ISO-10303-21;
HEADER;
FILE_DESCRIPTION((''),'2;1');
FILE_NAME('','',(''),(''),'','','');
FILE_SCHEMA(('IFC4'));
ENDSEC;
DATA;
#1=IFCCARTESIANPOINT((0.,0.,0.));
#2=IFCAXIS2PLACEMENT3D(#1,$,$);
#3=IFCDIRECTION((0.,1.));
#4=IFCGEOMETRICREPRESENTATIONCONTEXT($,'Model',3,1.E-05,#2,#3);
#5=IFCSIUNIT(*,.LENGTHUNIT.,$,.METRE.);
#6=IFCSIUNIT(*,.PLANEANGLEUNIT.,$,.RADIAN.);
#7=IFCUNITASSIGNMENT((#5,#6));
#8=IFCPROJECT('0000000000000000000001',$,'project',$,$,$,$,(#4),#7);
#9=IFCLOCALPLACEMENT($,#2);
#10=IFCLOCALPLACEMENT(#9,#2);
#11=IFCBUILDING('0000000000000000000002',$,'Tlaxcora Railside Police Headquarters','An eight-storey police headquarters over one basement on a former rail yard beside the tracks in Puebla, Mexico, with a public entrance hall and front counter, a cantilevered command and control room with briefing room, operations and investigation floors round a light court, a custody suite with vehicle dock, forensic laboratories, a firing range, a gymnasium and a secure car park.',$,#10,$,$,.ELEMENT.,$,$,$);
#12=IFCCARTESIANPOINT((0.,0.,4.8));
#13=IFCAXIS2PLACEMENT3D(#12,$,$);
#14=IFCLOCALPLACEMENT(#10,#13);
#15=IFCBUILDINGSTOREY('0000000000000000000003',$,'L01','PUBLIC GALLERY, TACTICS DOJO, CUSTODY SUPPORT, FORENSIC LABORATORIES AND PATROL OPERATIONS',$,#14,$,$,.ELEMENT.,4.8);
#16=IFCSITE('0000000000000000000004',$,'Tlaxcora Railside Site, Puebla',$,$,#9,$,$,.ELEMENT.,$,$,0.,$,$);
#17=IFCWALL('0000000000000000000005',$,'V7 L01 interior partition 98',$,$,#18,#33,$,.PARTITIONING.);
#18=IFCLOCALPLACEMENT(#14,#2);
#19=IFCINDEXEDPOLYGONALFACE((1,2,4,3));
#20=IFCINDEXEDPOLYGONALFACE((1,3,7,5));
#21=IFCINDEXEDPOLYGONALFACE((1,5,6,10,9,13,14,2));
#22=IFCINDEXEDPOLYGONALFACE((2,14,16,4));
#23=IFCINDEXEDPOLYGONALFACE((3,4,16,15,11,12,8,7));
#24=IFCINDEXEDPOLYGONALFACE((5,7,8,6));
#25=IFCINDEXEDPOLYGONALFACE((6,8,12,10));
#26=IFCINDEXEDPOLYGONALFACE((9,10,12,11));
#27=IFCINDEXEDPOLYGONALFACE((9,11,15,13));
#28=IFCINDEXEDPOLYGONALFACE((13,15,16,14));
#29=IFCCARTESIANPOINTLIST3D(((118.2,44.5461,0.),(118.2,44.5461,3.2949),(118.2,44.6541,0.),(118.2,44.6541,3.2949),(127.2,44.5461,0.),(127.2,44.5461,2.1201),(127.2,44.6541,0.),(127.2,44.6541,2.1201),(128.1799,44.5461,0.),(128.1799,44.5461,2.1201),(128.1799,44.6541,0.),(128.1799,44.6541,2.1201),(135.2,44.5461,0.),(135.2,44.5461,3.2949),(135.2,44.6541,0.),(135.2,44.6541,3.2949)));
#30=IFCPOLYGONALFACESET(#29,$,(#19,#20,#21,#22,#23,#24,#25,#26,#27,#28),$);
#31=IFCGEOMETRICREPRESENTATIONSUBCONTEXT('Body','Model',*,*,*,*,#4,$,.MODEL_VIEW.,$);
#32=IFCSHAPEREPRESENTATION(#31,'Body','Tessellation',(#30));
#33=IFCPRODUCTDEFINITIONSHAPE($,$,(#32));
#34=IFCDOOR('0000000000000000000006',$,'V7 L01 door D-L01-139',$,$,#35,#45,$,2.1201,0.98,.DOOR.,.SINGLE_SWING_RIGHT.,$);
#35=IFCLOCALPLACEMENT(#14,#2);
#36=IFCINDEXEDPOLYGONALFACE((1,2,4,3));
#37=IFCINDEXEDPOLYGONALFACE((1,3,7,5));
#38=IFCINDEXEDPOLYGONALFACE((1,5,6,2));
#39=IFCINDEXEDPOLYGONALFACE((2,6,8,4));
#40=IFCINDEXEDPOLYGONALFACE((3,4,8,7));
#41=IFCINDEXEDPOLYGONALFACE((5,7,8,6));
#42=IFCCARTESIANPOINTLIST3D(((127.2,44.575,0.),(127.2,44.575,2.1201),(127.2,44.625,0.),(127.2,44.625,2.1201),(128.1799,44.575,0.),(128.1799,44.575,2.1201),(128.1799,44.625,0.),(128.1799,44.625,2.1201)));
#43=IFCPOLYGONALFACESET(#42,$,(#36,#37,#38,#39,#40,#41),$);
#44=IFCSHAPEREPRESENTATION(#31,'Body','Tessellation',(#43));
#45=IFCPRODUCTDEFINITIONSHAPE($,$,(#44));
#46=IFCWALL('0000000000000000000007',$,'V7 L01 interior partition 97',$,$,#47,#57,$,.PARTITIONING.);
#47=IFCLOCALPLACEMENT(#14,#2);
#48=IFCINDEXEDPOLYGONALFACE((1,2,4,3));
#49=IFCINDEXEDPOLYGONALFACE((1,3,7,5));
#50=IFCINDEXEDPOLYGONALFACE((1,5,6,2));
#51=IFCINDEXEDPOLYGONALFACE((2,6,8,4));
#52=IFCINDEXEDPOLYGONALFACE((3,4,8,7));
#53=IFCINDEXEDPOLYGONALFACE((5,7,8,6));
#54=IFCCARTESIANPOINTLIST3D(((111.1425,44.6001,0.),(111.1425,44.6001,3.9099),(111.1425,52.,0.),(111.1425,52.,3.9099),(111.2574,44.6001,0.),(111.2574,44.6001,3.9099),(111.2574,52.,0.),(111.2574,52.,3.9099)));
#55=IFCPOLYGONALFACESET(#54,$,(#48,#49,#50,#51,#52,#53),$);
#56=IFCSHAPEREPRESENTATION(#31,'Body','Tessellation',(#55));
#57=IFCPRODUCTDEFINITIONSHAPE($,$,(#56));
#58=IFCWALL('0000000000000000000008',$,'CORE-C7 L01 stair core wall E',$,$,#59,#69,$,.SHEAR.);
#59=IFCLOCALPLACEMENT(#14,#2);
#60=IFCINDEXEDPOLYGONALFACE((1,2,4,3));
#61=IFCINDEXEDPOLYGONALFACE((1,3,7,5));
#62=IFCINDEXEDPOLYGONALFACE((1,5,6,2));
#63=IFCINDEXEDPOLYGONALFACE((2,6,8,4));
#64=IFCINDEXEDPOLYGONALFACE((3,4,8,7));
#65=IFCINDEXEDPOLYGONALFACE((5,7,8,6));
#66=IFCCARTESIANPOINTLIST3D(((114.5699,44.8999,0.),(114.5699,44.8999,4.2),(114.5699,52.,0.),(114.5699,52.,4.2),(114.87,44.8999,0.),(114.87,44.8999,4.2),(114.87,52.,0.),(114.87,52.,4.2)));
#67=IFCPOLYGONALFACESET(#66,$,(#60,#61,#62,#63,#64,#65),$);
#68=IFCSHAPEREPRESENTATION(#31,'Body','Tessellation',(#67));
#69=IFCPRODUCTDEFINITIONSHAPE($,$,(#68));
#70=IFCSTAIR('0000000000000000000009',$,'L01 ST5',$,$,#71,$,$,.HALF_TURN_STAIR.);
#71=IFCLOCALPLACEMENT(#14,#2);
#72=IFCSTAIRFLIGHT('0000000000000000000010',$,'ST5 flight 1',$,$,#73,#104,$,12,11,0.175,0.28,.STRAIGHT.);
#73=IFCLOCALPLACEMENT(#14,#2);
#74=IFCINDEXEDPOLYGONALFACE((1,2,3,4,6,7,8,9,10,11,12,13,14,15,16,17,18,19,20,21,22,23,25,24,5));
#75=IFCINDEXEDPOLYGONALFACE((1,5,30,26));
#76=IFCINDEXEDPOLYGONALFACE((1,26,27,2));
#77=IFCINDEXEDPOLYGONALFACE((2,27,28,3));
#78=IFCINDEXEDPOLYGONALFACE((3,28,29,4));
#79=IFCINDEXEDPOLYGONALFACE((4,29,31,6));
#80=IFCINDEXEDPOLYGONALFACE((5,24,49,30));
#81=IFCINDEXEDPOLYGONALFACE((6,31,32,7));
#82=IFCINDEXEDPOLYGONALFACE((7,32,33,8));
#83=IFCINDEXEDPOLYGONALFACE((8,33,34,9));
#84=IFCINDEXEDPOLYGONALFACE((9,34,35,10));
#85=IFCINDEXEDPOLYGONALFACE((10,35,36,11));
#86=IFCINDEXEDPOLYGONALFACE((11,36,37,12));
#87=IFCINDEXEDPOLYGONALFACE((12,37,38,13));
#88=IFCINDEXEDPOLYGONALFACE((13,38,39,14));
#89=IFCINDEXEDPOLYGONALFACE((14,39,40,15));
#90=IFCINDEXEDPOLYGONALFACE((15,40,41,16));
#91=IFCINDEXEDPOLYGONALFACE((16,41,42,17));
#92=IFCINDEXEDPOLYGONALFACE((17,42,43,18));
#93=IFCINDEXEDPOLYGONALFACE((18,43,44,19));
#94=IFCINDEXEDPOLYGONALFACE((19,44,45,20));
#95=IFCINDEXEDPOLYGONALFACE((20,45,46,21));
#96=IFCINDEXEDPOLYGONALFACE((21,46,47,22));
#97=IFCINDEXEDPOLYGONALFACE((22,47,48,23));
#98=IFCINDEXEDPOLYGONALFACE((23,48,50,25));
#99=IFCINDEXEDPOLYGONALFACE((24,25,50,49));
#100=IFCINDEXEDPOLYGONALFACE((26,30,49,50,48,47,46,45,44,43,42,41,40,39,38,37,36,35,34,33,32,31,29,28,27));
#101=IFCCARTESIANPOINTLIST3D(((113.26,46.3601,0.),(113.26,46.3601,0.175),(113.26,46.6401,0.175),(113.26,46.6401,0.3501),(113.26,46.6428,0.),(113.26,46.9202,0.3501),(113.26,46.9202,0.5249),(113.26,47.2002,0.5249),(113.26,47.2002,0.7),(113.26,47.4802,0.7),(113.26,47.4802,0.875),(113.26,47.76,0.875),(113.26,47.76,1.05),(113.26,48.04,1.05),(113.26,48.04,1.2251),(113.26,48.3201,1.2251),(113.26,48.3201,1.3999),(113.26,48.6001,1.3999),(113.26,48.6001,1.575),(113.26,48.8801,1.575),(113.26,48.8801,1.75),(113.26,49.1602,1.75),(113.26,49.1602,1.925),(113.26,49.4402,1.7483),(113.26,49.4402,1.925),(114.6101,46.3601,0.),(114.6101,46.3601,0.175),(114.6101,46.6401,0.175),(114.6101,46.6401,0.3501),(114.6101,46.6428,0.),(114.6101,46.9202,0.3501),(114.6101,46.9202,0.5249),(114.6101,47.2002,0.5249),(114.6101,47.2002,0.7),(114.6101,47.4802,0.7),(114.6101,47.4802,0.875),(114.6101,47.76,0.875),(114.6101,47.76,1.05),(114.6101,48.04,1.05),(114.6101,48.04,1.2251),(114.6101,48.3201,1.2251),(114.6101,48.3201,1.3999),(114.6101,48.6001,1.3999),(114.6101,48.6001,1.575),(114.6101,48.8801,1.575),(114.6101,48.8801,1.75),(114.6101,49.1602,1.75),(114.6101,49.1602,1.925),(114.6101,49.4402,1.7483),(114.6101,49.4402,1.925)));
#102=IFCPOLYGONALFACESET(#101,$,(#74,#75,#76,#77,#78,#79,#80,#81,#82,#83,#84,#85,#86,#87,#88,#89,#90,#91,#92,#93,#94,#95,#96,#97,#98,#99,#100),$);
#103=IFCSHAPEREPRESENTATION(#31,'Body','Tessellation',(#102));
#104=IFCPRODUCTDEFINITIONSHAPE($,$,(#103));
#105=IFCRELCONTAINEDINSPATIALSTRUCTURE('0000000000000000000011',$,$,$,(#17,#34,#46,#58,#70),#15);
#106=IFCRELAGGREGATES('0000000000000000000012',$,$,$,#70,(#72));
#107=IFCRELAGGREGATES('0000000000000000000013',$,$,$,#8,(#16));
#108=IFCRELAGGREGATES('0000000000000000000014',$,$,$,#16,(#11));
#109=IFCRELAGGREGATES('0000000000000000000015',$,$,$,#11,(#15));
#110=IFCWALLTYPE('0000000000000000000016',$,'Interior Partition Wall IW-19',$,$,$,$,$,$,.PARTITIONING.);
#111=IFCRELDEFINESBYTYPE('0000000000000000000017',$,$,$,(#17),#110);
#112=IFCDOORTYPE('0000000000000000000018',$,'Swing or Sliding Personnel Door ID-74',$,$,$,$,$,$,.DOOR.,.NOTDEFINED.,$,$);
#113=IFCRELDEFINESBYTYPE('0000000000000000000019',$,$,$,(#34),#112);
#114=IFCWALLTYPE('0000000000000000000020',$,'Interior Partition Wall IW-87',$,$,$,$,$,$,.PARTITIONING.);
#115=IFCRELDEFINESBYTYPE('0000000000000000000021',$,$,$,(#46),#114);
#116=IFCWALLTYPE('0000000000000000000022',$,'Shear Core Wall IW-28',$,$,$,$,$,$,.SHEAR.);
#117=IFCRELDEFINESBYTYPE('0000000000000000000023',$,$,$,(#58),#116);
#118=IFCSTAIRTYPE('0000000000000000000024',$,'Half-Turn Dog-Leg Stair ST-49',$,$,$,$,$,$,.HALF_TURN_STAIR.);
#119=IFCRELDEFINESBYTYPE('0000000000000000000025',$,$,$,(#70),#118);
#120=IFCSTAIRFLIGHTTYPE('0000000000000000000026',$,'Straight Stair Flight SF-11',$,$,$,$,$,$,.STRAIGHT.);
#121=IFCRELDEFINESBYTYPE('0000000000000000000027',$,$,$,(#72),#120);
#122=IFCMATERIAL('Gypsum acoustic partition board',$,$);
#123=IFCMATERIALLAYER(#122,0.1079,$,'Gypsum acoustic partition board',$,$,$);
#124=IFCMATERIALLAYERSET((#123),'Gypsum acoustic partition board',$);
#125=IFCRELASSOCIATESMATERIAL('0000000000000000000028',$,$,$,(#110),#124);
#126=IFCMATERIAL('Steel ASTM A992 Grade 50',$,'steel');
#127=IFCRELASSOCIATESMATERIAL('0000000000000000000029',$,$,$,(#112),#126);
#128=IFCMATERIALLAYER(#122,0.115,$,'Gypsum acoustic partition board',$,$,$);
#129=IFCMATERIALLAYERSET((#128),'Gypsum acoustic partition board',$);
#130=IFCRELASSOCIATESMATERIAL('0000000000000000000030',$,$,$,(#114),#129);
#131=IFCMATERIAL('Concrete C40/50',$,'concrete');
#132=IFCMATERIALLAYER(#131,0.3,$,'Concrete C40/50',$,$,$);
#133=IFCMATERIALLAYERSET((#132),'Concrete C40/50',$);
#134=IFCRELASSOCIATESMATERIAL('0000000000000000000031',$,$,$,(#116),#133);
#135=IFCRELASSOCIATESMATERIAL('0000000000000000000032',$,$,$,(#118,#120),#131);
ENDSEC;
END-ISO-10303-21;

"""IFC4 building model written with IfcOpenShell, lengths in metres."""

from ifc_helpers import new_model, si_unit, direction, frame, frame_2d, origin, place, context, subcontext, project, spatial, polyline, rectangle, outline, extrude, material, layer, layer_set, type_object, element, fill, aggregate, save


model = new_model("IFC4")

# Units and contexts
model_context = context("Model", 3, precision=1e-05, world=origin(), true_north=direction((0.0, 1.0)))
body_context = subcontext(model_context, "Body", "Model", "MODEL_VIEW")
ifc_project = project(units=[si_unit("LENGTHUNIT", "METRE"), si_unit("PLANEANGLEUNIT", "RADIAN")], contexts=[model_context])

# Site, building, storey
site_placement = place(None, origin())
site = spatial("IfcSite", under=ifc_project, at=site_placement, Name="Tlaxcora Railside Site, Puebla", CompositionType="ELEMENT", RefElevation=0.0)
building_placement = place(site_placement, origin())
building = spatial("IfcBuilding", under=site, at=building_placement, Name="Tlaxcora Railside Police Headquarters", Description="An eight-storey police headquarters over one basement on a former rail yard beside the tracks in Puebla, Mexico, with a public entrance hall and front counter, a cantilevered command and control room with briefing room, operations and investigation floors round a light court, a custody suite with vehicle dock, forensic laboratories, a firing range, a gymnasium and a secure car park.", CompositionType="ELEMENT")
storey_placement = place(building_placement, frame((0.0, 0.0, 4.8)))
storey = spatial("IfcBuildingStorey", under=building, at=storey_placement, Name="L01", Description="PUBLIC GALLERY, TACTICS DOJO, CUSTODY SUPPORT, FORENSIC LABORATORIES AND PATROL OPERATIONS", CompositionType="ELEMENT", Elevation=4.8)

# Shared definitions
ifc_material_1 = material(Name="Concrete C40/50", Category="concrete")

# Shared definitions
ifc_material_2 = material(Name="Steel ASTM A992 Grade 50", Category="steel")

# Wall, opening, door
ifc_material_3 = material(Name="Gypsum acoustic partition board")
ifc_layer_1 = layer(ifc_material_3, 0.1079, Name="Gypsum acoustic partition board")
ifc_layer_set_1 = layer_set([ifc_layer_1], Name="Gypsum acoustic partition board")
wall_type_1 = type_object("IfcWallType", Name="Interior Partition Wall IW-19", PredefinedType="PARTITIONING", material=ifc_layer_set_1)
wall_1_placement = place(storey_placement, frame((118.2, 44.6001, 0.0), z_axis=(0.0, 0.0, 1.0), x_axis=(1.0, 0.0, 0.0)))
wall_1 = element("IfcWall", 1, at=wall_1_placement, inside=storey, type_object=wall_type_1, Name="V7 L01 interior partition 98", PredefinedType="PARTITIONING", context=body_context, shape_type="SweptSolid", body=[
    extrude(rectangle(XDim=17.0, YDim=0.1079, at=frame_2d((8.5, 0.0))), origin(), (0.0, 0.0, 1.0), 3.2949),
])
opening_1_placement = place(wall_1_placement, frame((9.0, 0.0, 0.0)))
opening_1 = element("IfcOpeningElement", 2, at=opening_1_placement, cuts=wall_1, PredefinedType="OPENING", context=body_context, shape_type="SweptSolid", body=[
    extrude(rectangle(XDim=0.98, YDim=2.1201, at=frame_2d((0.49, 1.0601))), frame((0.0, 0.064, 0.0), z_axis=(0.0, -1.0, 0.0), x_axis=(1.0, 0.0, 0.0)), (0.0, 0.0, 1.0), 0.1279),
])
door_type_1 = type_object("IfcDoorType", Name="Swing or Sliding Personnel Door ID-74", OperationType="NOTDEFINED", PredefinedType="DOOR", material=ifc_material_2)
door_1_placement = place(opening_1_placement, origin())
door_1 = element("IfcDoor", 3, at=door_1_placement, inside=storey, type_object=door_type_1, Name="V7 L01 door D-L01-139", OperationType="SINGLE_SWING_RIGHT", OverallHeight=2.1201, OverallWidth=0.98, PredefinedType="DOOR", context=body_context, shape_type="SweptSolid", body=[
    extrude(rectangle(XDim=0.98, YDim=2.1201, at=frame_2d((0.49, 1.0601))), frame((0.0, 0.0249, 0.0), z_axis=(0.0, -1.0, 0.0), x_axis=(1.0, 0.0, 0.0)), (0.0, 0.0, 1.0), 0.05),
])
fill(opening_1, door_1)

# Wall
ifc_layer_2 = layer(ifc_material_3, 0.115, Name="Gypsum acoustic partition board")
ifc_layer_set_2 = layer_set([ifc_layer_2], Name="Gypsum acoustic partition board")
wall_type_2 = type_object("IfcWallType", Name="Interior Partition Wall IW-87", PredefinedType="PARTITIONING", material=ifc_layer_set_2)
wall_2_placement = place(storey_placement, frame((111.2, 44.6001, 0.0), z_axis=(0.0, 0.0, 1.0), x_axis=(0.0, 1.0, 0.0)))
element("IfcWall", 4, at=wall_2_placement, inside=storey, type_object=wall_type_2, Name="V7 L01 interior partition 97", PredefinedType="PARTITIONING", context=body_context, shape_type="SweptSolid", body=[
    extrude(rectangle(XDim=7.3999, YDim=0.115, at=frame_2d((3.7, 0.0))), origin(), (0.0, 0.0, 1.0), 3.9099),
])

# Shared definitions
ifc_layer_3 = layer(ifc_material_1, 0.3, Name="Concrete C40/50")
ifc_layer_set_3 = layer_set([ifc_layer_3], Name="Concrete C40/50")
wall_type_3 = type_object("IfcWallType", Name="Shear Core Wall IW-28", PredefinedType="SHEAR", material=ifc_layer_set_3)

# Wall
wall_3_placement = place(storey_placement, frame((114.72, 44.8999, 0.0), z_axis=(0.0, 0.0, 1.0), x_axis=(0.0, 1.0, 0.0)))
element("IfcWall", 5, at=wall_3_placement, inside=storey, type_object=wall_type_3, Name="CORE-C7 L01 stair core wall E", PredefinedType="SHEAR", context=body_context, shape_type="SweptSolid", body=[
    extrude(rectangle(XDim=7.1001, YDim=0.3, at=frame_2d((3.55, 0.0))), origin(), (0.0, 0.0, 1.0), 4.2),
])

# Stair, stair flight
stair_type = type_object("IfcStairType", Name="Half-Turn Dog-Leg Stair ST-49", PredefinedType="HALF_TURN_STAIR", material=ifc_material_1)
stair_placement = place(storey_placement, origin())
stair = element("IfcStair", 6, at=stair_placement, inside=storey, type_object=stair_type, Name="L01 ST5", PredefinedType="HALF_TURN_STAIR")
stair_flight_type = type_object("IfcStairFlightType", Name="Straight Stair Flight SF-11", PredefinedType="STRAIGHT", material=ifc_material_1)
stair_flight_placement = place(storey_placement, frame((113.9351, 46.3601, 0.0), z_axis=(0.0, 0.0, 1.0), x_axis=(0.0, 1.0, 0.0)))
stair_flight = element("IfcStairFlight", 7, at=stair_flight_placement, type_object=stair_flight_type, Name="ST5 flight 1", NumberOfRisers=12, NumberOfTreads=11, PredefinedType="STRAIGHT", RiserHeight=0.175, TreadLength=0.28, context=body_context, shape_type="SweptSolid", body=[
    extrude(outline(polyline([(0.0, 0.0), (0.0, 0.175), (0.28, 0.175), (0.28, 0.3501), (0.5601, 0.3501), (0.5601, 0.5249), (0.8401, 0.5249), (0.8401, 0.7), (1.1201, 0.7), (1.1201, 0.875), (1.3999, 0.875), (1.3999, 1.05), (1.6799, 1.05), (1.6799, 1.2251), (1.96, 1.2251), (1.96, 1.3999), (2.24, 1.3999), (2.24, 1.575), (2.52, 1.575), (2.52, 1.75), (2.8, 1.75), (2.8, 1.925), (3.0801, 1.925), (3.0801, 2.1001), (3.0801, 1.7483), (0.2827, 0.0), (0.0, 0.0)])), frame((0.0, 0.675, 0.0), z_axis=(0.0, -1.0, 0.0), x_axis=(1.0, 0.0, 0.0)), (0.0, 0.0, 1.0), 1.3501),
])
aggregate(stair, [stair_flight])

save(model, "model.ifc")
